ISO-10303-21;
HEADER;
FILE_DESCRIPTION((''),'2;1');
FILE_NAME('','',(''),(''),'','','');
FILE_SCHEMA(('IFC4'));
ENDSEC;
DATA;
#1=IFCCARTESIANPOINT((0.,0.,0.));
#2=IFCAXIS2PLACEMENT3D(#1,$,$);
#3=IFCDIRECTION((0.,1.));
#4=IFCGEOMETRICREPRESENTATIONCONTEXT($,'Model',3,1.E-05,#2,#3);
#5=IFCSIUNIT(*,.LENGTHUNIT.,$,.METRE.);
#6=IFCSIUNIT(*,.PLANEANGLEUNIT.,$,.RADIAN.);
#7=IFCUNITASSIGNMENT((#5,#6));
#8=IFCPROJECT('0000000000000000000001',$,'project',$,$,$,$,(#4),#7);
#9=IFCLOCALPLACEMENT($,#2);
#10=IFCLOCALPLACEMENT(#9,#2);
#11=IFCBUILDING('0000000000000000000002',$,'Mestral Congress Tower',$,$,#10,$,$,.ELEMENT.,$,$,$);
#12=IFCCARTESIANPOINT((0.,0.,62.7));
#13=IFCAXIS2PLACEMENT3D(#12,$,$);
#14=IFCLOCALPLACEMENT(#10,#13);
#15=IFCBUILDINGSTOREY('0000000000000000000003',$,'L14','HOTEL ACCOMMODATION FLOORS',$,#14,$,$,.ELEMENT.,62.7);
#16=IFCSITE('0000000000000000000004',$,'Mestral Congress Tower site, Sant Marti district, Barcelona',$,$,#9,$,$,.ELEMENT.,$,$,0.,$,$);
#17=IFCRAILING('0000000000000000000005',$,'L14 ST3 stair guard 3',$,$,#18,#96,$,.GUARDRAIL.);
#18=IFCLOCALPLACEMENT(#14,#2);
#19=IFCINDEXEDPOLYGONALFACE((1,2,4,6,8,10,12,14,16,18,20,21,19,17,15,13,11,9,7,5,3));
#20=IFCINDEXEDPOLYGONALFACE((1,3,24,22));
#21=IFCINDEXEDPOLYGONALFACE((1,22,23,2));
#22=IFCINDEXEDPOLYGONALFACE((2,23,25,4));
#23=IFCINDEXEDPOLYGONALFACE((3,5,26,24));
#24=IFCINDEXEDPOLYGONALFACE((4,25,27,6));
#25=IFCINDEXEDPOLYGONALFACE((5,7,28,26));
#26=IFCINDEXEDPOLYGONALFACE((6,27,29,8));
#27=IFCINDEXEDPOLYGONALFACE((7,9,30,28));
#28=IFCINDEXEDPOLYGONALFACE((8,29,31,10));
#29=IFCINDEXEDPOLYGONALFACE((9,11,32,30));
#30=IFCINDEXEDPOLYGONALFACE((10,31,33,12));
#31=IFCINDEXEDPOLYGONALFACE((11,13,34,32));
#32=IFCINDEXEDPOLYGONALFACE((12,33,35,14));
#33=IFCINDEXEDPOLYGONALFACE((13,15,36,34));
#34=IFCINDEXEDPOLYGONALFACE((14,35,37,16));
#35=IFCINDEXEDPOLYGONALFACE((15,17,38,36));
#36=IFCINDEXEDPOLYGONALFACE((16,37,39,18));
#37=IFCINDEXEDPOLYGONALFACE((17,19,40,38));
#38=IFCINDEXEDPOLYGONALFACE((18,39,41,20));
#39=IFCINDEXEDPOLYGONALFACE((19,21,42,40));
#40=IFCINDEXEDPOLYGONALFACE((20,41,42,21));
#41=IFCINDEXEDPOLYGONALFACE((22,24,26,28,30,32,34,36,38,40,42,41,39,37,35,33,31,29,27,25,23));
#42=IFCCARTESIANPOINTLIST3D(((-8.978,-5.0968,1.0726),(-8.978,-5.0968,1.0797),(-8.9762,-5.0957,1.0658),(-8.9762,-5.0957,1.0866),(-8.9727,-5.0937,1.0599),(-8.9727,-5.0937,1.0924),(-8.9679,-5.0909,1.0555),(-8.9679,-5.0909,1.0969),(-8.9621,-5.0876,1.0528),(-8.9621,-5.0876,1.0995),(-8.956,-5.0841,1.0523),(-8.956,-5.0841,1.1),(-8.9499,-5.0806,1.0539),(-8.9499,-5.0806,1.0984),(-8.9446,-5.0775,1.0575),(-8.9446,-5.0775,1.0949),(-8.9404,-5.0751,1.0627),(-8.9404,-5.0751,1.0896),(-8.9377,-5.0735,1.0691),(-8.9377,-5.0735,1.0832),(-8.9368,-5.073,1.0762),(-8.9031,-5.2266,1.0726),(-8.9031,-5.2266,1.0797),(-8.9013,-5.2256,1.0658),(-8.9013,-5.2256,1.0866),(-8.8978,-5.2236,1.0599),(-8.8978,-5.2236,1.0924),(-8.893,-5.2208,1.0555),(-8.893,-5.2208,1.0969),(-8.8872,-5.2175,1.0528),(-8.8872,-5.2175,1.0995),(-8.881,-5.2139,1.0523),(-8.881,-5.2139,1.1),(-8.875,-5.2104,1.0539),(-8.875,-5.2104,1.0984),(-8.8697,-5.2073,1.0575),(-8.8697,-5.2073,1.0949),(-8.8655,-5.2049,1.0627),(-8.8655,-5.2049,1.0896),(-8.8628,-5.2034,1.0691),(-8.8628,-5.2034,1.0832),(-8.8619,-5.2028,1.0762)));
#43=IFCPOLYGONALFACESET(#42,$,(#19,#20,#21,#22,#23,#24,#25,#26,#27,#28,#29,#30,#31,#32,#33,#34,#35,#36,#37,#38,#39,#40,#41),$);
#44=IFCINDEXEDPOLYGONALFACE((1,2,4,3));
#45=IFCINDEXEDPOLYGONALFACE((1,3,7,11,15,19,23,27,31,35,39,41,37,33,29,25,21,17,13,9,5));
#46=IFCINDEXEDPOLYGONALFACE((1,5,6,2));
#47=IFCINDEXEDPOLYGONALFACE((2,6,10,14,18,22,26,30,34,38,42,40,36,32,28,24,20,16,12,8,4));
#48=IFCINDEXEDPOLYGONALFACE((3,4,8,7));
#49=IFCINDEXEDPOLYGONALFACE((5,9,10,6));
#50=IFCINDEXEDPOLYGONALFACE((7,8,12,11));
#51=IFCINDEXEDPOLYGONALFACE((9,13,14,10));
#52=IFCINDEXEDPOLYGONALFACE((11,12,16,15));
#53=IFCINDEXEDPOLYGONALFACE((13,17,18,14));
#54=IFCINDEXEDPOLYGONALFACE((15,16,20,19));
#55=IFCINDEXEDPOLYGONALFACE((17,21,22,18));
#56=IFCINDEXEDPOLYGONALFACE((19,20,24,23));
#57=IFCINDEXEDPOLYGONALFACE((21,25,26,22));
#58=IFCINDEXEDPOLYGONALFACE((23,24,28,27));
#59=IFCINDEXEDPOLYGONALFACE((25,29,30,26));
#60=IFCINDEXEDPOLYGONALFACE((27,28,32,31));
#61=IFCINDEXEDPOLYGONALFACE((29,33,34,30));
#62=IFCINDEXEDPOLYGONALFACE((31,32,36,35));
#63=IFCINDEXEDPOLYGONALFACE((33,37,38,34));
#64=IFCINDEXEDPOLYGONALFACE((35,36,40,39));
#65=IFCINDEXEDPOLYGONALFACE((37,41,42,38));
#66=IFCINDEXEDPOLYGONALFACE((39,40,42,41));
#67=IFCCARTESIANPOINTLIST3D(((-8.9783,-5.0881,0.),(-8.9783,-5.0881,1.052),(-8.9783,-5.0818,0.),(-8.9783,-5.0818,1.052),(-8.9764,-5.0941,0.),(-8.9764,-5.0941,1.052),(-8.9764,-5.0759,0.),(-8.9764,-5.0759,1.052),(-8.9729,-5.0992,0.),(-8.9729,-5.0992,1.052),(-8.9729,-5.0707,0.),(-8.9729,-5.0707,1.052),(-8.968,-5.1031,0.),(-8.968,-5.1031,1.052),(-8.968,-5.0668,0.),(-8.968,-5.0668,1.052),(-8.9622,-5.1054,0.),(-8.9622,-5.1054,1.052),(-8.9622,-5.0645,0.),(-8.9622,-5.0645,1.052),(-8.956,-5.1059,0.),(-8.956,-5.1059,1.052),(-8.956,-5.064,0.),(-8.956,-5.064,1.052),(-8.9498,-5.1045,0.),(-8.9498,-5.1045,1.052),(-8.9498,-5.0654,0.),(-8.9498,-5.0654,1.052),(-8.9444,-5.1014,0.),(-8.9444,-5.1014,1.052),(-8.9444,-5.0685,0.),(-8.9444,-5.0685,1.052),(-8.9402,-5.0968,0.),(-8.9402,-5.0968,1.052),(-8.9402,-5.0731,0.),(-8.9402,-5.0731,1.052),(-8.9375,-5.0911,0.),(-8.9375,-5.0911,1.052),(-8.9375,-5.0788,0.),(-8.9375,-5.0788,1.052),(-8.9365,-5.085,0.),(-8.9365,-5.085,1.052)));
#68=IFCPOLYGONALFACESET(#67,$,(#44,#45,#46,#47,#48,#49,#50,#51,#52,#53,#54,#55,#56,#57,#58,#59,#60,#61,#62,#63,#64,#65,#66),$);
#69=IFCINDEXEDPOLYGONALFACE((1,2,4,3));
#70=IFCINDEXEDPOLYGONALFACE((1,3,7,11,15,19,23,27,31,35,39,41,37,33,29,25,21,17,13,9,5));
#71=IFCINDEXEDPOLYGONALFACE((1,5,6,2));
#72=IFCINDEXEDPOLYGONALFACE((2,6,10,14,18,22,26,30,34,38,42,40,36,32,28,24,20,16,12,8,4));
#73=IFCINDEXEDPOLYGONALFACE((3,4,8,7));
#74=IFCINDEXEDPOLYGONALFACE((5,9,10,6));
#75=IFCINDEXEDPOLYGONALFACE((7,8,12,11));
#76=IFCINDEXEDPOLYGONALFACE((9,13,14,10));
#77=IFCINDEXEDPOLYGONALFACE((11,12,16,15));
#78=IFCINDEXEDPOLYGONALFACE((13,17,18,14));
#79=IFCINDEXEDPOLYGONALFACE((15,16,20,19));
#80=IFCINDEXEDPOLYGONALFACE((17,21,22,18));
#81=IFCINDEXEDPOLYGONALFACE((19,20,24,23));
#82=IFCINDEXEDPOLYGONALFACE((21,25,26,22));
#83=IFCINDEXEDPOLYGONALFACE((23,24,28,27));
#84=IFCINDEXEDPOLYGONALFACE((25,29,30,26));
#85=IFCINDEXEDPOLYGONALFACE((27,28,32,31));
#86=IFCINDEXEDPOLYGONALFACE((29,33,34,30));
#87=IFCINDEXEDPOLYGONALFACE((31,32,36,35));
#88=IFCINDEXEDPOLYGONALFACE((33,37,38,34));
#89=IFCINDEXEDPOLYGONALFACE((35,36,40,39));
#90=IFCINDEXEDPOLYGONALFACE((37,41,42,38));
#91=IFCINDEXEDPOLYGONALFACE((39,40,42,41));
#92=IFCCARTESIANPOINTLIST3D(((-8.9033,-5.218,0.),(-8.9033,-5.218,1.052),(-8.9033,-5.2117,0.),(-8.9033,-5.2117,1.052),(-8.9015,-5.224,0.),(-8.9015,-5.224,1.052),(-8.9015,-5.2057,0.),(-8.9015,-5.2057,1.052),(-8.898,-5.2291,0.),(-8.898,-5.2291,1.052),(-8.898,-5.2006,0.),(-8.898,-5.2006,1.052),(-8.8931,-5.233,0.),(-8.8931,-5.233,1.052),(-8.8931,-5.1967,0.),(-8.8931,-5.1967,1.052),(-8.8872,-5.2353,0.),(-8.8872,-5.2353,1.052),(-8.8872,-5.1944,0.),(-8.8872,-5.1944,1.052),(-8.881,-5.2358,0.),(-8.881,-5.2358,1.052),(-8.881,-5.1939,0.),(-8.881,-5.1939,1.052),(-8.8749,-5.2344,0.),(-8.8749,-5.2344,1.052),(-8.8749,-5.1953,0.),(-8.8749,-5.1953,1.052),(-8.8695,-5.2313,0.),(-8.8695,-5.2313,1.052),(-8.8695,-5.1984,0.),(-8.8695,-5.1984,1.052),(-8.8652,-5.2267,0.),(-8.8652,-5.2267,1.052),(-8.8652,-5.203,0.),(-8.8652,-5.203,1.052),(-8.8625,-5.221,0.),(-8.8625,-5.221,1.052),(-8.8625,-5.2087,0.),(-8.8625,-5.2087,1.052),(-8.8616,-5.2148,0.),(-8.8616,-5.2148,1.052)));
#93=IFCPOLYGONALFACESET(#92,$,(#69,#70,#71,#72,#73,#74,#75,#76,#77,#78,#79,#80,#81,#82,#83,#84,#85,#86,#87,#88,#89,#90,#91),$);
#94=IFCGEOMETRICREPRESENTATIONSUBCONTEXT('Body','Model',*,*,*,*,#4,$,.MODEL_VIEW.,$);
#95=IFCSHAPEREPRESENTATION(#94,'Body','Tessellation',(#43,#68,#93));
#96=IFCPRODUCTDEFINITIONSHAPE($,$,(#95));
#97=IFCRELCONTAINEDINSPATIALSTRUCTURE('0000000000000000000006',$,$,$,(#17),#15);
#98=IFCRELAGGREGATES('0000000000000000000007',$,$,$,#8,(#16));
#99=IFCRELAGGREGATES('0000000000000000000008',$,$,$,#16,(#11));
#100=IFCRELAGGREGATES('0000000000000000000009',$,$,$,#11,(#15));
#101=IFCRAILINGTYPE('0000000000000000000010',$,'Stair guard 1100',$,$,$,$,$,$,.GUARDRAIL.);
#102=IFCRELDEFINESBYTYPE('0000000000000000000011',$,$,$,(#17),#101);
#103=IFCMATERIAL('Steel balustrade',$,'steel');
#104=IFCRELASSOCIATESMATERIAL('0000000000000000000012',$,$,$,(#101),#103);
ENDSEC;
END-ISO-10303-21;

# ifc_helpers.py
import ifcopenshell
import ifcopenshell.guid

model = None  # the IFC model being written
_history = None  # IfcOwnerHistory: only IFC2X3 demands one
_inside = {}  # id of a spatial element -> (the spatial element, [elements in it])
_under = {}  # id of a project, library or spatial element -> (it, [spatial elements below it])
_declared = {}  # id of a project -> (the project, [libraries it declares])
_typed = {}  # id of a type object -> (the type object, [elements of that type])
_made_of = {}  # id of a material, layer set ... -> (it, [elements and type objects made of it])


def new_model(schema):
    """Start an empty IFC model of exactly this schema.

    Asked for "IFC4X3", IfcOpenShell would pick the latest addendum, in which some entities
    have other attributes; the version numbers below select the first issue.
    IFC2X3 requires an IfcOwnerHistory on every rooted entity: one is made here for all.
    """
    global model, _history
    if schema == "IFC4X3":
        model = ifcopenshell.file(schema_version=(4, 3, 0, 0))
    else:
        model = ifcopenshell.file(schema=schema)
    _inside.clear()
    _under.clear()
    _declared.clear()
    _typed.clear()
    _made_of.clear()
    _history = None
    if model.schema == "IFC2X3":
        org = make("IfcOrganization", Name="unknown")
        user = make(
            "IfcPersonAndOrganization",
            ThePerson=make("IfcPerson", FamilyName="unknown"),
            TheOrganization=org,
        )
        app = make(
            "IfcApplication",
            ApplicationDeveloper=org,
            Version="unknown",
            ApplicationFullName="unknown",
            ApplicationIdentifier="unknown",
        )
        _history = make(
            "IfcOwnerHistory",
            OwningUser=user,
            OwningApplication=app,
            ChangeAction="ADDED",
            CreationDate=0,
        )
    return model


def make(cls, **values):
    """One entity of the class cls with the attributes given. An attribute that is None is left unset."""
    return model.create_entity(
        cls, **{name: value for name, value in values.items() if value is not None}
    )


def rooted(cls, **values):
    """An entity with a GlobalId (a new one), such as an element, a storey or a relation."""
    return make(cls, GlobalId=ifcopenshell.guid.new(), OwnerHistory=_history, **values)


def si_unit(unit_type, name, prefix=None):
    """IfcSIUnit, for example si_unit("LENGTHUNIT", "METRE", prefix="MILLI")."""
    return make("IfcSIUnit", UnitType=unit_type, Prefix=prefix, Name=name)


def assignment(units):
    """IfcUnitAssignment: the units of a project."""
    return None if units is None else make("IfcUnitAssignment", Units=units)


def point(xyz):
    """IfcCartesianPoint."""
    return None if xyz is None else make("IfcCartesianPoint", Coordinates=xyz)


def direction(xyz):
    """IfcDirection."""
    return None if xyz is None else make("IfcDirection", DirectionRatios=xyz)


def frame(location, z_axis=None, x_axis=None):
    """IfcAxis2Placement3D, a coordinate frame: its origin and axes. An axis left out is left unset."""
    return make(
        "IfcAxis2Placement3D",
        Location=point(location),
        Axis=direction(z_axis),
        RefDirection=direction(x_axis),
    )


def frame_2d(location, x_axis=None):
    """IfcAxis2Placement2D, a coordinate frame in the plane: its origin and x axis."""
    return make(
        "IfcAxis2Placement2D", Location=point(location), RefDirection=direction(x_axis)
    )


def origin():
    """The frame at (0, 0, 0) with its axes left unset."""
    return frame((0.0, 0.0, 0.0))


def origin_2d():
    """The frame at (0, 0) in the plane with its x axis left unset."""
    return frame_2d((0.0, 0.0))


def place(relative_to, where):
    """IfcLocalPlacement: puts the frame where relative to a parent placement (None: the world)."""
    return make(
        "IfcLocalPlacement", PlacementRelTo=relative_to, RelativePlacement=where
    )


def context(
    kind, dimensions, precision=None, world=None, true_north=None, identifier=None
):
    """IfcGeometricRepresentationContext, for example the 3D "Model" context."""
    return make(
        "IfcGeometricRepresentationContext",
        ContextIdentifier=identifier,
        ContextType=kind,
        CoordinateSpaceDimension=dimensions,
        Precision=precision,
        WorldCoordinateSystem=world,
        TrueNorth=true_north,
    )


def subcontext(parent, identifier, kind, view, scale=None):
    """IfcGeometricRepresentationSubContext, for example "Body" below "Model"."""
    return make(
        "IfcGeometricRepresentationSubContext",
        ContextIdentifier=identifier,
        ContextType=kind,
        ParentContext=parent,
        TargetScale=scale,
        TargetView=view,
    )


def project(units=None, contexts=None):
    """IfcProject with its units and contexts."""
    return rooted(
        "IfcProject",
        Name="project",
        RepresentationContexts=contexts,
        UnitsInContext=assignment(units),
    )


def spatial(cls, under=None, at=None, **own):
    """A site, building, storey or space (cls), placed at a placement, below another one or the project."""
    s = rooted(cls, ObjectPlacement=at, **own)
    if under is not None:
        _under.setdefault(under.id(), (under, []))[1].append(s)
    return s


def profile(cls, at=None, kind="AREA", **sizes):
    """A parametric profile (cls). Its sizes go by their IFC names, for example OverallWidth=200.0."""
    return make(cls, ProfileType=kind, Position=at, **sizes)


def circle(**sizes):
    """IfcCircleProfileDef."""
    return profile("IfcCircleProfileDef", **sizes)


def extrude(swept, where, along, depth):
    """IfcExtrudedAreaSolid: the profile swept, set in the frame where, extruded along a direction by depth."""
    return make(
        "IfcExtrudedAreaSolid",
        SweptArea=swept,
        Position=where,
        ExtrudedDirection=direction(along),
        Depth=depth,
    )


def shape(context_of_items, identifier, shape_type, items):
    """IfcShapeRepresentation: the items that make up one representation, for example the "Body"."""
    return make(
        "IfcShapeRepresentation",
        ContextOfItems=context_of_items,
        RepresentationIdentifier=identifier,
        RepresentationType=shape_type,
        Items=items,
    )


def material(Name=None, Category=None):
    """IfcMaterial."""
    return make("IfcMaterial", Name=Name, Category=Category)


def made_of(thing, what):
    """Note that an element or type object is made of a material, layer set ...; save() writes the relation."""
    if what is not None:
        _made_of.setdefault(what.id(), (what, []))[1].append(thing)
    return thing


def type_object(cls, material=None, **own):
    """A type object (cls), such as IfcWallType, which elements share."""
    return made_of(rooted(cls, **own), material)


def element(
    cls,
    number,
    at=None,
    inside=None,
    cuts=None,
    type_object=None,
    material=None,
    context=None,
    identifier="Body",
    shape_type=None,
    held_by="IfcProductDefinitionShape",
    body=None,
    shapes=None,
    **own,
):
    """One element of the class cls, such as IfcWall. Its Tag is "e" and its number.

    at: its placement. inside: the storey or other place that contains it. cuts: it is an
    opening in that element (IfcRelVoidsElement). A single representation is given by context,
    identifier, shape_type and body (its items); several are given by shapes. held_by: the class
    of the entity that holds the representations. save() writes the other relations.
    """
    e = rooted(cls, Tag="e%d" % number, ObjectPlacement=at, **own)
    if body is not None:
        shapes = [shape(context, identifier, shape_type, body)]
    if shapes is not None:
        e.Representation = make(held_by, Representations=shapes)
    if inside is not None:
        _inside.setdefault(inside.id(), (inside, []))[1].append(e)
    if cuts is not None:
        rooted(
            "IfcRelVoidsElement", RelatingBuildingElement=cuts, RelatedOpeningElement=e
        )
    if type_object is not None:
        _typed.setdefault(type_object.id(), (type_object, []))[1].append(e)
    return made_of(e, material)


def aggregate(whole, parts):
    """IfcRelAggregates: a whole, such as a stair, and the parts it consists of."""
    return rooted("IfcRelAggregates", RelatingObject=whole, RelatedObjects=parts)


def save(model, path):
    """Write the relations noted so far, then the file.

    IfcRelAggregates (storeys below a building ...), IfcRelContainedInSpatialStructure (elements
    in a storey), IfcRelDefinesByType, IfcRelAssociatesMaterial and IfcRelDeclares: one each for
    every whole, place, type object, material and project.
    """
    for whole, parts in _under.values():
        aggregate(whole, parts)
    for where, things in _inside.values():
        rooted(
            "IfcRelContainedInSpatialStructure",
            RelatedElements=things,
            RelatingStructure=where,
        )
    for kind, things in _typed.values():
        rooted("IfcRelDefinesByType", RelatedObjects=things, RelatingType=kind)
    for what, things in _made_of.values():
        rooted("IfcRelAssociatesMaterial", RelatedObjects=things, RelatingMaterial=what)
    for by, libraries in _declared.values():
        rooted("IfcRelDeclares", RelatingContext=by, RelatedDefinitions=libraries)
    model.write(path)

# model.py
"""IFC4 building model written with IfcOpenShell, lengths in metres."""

from ifc_helpers import new_model, si_unit, direction, frame, origin, origin_2d, place, context, subcontext, project, spatial, circle, extrude, material, type_object, element, save


model = new_model("IFC4")

# Units and contexts
model_context = context("Model", 3, precision=1e-05, world=origin(), true_north=direction((0.0, 1.0)))
body_context = subcontext(model_context, "Body", "Model", "MODEL_VIEW")
ifc_project = project(units=[si_unit("LENGTHUNIT", "METRE"), si_unit("PLANEANGLEUNIT", "RADIAN")], contexts=[model_context])

# Site, building, storey
site_placement = place(None, origin())
site = spatial("IfcSite", under=ifc_project, at=site_placement, Name="Mestral Congress Tower site, Sant Marti district, Barcelona", CompositionType="ELEMENT", RefElevation=0.0)
building_placement = place(site_placement, origin())
building = spatial("IfcBuilding", under=site, at=building_placement, Name="Mestral Congress Tower", CompositionType="ELEMENT")
storey_placement = place(building_placement, frame((0.0, 0.0, 62.7)))
storey = spatial("IfcBuildingStorey", under=building, at=storey_placement, Name="L14", Description="HOTEL ACCOMMODATION FLOORS", CompositionType="ELEMENT", Elevation=62.7)

# Railing
ifc_material_1 = material(Name="Steel balustrade", Category="steel")
railing_type_1 = type_object("IfcRailingType", Name="Stair guard 1100", PredefinedType="GUARDRAIL", material=ifc_material_1)
railing_1_placement = place(storey_placement, frame((-8.9575, -5.085, 0.0)))
element("IfcRailing", 1, at=railing_1_placement, inside=storey, type_object=railing_type_1, Name="L14 ST3 stair guard 3", PredefinedType="GUARDRAIL", context=body_context, shape_type="SweptSolid", body=[
    extrude(circle(Radius=0.0239, at=origin_2d()), frame((0.0, 0.0, 1.0762), z_axis=(0.499816, -0.866131, 0.0), x_axis=(0.866131, 0.499816, 0.0)), (0.0, 0.0, 1.0), 0.1499),
    extrude(circle(Radius=0.021, at=origin_2d()), origin(), (0.0, 0.0, 1.0), 1.052),
    extrude(circle(Radius=0.021, at=origin_2d()), frame((0.075, -0.1299, 0.0)), (0.0, 0.0, 1.0), 1.052),
])

save(model, "model.ifc")
